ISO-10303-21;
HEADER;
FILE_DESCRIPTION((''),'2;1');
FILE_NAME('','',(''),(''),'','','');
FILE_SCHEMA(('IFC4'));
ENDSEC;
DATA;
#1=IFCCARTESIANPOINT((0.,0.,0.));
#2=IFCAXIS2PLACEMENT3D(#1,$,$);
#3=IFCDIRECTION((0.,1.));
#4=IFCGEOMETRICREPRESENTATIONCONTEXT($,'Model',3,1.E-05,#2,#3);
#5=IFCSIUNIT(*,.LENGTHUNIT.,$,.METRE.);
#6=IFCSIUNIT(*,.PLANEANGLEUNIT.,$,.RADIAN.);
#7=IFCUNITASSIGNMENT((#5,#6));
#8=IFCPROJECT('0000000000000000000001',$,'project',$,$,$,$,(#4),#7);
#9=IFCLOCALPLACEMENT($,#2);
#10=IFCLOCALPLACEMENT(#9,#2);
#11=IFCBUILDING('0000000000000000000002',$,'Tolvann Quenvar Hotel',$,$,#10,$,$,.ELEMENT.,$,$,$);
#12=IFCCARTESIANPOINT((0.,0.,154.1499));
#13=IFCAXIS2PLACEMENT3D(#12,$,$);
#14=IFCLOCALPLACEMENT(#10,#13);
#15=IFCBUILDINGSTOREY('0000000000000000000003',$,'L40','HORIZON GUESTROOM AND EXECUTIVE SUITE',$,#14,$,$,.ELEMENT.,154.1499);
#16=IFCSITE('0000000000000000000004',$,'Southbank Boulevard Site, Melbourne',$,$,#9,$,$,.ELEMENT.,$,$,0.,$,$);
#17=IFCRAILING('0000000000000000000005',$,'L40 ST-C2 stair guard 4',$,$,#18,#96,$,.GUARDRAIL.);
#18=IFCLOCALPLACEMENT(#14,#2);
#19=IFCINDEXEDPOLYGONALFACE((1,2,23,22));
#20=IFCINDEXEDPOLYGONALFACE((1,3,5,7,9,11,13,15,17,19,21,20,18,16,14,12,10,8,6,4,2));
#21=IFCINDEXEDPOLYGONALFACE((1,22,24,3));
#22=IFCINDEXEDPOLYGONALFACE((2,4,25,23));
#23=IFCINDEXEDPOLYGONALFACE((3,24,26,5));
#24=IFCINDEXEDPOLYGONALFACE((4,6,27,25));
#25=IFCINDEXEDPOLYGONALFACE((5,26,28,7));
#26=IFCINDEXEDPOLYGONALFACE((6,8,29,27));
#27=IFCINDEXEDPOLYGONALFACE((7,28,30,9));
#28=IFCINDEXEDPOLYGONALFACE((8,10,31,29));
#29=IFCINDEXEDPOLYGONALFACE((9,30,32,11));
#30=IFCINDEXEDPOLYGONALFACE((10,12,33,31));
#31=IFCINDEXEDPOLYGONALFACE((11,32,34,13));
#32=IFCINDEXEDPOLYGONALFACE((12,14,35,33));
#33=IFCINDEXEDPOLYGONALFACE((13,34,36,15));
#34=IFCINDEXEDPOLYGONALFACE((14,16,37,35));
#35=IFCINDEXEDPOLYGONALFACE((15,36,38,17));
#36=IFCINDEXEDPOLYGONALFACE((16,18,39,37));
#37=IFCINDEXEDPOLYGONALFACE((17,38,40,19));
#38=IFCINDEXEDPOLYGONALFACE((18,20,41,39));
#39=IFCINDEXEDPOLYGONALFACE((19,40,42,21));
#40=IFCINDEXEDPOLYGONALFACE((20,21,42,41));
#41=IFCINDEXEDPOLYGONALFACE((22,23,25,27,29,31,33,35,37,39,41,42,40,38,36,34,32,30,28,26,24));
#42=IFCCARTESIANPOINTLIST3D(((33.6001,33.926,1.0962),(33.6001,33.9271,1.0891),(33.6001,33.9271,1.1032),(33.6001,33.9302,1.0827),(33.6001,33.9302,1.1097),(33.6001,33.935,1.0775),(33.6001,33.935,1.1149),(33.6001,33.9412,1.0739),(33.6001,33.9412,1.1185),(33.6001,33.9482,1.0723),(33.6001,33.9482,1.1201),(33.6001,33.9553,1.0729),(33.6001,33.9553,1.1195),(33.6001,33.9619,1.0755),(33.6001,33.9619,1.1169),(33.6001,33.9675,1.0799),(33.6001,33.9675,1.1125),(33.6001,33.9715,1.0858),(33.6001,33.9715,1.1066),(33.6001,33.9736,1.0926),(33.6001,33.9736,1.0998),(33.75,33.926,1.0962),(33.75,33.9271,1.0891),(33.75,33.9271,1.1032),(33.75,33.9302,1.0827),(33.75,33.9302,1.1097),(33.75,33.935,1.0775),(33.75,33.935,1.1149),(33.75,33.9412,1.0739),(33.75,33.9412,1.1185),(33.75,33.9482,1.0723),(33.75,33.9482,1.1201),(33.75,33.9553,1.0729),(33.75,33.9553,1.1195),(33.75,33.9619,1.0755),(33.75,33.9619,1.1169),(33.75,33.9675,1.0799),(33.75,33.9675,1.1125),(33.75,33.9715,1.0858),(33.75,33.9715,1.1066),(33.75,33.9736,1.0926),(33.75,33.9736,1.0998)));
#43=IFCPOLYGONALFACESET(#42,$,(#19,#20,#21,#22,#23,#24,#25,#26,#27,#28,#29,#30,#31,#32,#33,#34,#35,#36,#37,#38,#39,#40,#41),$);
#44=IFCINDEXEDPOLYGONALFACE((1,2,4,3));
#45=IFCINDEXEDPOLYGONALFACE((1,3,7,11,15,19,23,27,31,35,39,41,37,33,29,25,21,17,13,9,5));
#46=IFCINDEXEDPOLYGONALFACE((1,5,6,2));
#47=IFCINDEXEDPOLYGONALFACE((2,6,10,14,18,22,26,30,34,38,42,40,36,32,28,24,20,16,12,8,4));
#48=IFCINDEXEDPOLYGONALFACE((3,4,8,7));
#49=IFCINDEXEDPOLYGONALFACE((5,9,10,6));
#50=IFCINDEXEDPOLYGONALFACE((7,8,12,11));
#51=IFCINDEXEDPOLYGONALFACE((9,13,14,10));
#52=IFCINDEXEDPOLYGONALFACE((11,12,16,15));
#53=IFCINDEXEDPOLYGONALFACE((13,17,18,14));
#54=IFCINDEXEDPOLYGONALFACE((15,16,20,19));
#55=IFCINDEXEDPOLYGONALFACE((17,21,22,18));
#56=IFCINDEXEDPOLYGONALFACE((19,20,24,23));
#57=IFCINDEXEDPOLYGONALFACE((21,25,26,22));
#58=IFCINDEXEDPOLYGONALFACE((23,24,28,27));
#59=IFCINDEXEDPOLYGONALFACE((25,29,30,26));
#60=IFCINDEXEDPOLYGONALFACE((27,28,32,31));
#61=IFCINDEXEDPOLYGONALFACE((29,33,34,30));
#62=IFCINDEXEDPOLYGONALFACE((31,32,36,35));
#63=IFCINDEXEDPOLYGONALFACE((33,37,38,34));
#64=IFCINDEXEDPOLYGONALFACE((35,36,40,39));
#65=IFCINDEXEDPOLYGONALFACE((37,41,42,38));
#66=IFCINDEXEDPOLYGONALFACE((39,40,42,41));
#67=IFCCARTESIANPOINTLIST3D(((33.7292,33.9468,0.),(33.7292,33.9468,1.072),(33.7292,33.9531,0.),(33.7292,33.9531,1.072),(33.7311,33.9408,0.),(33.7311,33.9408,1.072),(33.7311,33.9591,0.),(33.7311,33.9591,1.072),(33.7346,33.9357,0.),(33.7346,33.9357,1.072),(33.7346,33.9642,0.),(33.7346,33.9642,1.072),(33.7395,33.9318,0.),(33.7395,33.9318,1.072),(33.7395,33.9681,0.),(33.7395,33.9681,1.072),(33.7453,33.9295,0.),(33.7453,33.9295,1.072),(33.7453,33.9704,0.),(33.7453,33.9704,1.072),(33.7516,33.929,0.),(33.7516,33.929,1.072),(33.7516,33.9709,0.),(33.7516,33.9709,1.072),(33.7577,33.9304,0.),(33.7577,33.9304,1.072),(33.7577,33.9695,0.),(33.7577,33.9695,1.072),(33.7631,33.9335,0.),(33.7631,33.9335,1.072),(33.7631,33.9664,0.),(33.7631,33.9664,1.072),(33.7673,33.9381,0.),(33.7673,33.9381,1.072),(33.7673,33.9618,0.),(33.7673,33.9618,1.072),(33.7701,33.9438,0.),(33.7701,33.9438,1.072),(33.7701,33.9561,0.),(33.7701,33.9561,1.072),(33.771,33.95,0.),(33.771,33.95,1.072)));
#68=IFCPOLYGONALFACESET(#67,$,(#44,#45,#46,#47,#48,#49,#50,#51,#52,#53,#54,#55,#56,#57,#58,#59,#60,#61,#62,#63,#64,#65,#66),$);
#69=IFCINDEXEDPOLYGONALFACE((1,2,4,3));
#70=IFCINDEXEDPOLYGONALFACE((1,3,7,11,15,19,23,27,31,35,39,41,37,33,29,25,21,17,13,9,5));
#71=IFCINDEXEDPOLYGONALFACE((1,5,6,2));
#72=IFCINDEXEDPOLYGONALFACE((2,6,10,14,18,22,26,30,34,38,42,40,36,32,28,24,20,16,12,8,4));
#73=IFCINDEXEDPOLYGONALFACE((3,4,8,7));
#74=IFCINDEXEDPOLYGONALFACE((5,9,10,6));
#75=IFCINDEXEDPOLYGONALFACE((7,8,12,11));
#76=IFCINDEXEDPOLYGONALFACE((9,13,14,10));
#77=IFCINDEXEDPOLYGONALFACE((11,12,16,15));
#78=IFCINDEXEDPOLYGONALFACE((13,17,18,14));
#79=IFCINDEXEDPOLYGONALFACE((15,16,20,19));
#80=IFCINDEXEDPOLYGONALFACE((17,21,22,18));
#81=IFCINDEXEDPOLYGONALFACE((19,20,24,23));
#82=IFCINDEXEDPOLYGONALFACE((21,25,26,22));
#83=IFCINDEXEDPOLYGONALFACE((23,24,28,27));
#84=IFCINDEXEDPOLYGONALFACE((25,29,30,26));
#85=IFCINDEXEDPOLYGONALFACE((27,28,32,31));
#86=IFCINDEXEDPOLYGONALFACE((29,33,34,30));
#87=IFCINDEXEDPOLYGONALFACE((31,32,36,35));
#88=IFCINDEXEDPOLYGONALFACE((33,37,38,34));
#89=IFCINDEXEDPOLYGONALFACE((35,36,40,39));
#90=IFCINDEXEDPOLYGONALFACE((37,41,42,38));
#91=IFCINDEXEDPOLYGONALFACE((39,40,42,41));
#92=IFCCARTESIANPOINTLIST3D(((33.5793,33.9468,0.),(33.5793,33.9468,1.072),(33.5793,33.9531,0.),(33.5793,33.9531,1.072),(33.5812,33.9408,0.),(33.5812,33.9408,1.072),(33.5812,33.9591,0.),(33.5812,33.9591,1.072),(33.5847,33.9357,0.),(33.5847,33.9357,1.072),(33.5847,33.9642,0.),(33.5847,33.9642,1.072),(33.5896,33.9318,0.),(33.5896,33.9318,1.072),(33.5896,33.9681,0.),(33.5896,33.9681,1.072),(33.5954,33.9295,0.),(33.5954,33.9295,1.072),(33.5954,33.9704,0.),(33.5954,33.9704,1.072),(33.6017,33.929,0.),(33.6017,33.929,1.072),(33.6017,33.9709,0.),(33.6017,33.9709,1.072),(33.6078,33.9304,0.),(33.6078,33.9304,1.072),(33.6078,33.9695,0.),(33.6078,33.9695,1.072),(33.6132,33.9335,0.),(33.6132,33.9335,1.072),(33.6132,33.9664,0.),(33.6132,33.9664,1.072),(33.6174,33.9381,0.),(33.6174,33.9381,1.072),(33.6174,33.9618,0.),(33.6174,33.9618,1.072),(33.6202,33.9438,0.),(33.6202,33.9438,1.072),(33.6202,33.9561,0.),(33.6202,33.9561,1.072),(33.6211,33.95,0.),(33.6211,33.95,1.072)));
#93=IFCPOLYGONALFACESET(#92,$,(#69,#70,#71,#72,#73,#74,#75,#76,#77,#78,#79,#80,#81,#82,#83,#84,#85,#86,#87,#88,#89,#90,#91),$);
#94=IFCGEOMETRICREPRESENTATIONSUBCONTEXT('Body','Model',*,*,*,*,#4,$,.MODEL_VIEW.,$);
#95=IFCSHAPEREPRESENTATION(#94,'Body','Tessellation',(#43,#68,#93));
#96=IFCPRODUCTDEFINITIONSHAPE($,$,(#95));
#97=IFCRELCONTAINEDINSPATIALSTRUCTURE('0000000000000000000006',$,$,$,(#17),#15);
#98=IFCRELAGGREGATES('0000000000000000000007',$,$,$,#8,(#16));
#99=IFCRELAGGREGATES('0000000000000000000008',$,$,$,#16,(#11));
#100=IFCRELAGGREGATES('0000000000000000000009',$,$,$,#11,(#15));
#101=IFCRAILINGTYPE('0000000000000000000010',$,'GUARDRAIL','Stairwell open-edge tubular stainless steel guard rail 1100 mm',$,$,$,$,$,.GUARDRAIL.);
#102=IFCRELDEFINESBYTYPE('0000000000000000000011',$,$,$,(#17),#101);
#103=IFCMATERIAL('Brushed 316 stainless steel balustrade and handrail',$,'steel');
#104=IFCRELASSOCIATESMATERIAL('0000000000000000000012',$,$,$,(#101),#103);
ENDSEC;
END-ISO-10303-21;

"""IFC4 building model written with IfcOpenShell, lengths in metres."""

from ifc_helpers import new_model, si_unit, direction, frame, origin, origin_2d, place, context, subcontext, project, spatial, circle, extrude, material, type_object, element, save


model = new_model("IFC4")

# Units and contexts
model_context = context("Model", 3, precision=1e-05, world=origin(), true_north=direction((0.0, 1.0)))
body_context = subcontext(model_context, "Body", "Model", "MODEL_VIEW")
ifc_project = project(units=[si_unit("LENGTHUNIT", "METRE"), si_unit("PLANEANGLEUNIT", "RADIAN")], contexts=[model_context])

# Site, building, storey
site_placement = place(None, origin())
site = spatial("IfcSite", under=ifc_project, at=site_placement, Name="Southbank Boulevard Site, Melbourne", CompositionType="ELEMENT", RefElevation=0.0)
building_placement = place(site_placement, origin())
building = spatial("IfcBuilding", under=site, at=building_placement, Name="Tolvann Quenvar Hotel", CompositionType="ELEMENT")
storey_placement = place(building_placement, frame((0.0, 0.0, 154.1499)))
storey = spatial("IfcBuildingStorey", under=building, at=storey_placement, Name="L40", Description="HORIZON GUESTROOM AND EXECUTIVE SUITE", CompositionType="ELEMENT", Elevation=154.1499)

# Railing
ifc_material_1 = material(Name="Brushed 316 stainless steel balustrade and handrail", Category="steel")
railing_type_1 = type_object("IfcRailingType", Name="GUARDRAIL", Description="Stairwell open-edge tubular stainless steel guard rail 1100 mm", PredefinedType="GUARDRAIL", material=ifc_material_1)
railing_1_placement = place(storey_placement, frame((33.75, 33.95, 0.0)))
element("IfcRailing", 1, at=railing_1_placement, inside=storey, type_object=railing_type_1, Name="L40 ST-C2 stair guard 4", PredefinedType="GUARDRAIL", context=body_context, shape_type="SweptSolid", body=[
    extrude(circle(Radius=0.0239, at=origin_2d()), frame((0.0, 0.0, 1.0962), z_axis=(-1.0, 0.0, 0.0), x_axis=(0.0, -1.0, 0.0)), (0.0, 0.0, 1.0), 0.1499),
    extrude(circle(Radius=0.021, at=origin_2d()), origin(), (0.0, 0.0, 1.0), 1.072),
    extrude(circle(Radius=0.021, at=origin_2d()), frame((-0.1499, 0.0, 0.0)), (0.0, 0.0, 1.0), 1.072),
])

save(model, "model.ifc")
